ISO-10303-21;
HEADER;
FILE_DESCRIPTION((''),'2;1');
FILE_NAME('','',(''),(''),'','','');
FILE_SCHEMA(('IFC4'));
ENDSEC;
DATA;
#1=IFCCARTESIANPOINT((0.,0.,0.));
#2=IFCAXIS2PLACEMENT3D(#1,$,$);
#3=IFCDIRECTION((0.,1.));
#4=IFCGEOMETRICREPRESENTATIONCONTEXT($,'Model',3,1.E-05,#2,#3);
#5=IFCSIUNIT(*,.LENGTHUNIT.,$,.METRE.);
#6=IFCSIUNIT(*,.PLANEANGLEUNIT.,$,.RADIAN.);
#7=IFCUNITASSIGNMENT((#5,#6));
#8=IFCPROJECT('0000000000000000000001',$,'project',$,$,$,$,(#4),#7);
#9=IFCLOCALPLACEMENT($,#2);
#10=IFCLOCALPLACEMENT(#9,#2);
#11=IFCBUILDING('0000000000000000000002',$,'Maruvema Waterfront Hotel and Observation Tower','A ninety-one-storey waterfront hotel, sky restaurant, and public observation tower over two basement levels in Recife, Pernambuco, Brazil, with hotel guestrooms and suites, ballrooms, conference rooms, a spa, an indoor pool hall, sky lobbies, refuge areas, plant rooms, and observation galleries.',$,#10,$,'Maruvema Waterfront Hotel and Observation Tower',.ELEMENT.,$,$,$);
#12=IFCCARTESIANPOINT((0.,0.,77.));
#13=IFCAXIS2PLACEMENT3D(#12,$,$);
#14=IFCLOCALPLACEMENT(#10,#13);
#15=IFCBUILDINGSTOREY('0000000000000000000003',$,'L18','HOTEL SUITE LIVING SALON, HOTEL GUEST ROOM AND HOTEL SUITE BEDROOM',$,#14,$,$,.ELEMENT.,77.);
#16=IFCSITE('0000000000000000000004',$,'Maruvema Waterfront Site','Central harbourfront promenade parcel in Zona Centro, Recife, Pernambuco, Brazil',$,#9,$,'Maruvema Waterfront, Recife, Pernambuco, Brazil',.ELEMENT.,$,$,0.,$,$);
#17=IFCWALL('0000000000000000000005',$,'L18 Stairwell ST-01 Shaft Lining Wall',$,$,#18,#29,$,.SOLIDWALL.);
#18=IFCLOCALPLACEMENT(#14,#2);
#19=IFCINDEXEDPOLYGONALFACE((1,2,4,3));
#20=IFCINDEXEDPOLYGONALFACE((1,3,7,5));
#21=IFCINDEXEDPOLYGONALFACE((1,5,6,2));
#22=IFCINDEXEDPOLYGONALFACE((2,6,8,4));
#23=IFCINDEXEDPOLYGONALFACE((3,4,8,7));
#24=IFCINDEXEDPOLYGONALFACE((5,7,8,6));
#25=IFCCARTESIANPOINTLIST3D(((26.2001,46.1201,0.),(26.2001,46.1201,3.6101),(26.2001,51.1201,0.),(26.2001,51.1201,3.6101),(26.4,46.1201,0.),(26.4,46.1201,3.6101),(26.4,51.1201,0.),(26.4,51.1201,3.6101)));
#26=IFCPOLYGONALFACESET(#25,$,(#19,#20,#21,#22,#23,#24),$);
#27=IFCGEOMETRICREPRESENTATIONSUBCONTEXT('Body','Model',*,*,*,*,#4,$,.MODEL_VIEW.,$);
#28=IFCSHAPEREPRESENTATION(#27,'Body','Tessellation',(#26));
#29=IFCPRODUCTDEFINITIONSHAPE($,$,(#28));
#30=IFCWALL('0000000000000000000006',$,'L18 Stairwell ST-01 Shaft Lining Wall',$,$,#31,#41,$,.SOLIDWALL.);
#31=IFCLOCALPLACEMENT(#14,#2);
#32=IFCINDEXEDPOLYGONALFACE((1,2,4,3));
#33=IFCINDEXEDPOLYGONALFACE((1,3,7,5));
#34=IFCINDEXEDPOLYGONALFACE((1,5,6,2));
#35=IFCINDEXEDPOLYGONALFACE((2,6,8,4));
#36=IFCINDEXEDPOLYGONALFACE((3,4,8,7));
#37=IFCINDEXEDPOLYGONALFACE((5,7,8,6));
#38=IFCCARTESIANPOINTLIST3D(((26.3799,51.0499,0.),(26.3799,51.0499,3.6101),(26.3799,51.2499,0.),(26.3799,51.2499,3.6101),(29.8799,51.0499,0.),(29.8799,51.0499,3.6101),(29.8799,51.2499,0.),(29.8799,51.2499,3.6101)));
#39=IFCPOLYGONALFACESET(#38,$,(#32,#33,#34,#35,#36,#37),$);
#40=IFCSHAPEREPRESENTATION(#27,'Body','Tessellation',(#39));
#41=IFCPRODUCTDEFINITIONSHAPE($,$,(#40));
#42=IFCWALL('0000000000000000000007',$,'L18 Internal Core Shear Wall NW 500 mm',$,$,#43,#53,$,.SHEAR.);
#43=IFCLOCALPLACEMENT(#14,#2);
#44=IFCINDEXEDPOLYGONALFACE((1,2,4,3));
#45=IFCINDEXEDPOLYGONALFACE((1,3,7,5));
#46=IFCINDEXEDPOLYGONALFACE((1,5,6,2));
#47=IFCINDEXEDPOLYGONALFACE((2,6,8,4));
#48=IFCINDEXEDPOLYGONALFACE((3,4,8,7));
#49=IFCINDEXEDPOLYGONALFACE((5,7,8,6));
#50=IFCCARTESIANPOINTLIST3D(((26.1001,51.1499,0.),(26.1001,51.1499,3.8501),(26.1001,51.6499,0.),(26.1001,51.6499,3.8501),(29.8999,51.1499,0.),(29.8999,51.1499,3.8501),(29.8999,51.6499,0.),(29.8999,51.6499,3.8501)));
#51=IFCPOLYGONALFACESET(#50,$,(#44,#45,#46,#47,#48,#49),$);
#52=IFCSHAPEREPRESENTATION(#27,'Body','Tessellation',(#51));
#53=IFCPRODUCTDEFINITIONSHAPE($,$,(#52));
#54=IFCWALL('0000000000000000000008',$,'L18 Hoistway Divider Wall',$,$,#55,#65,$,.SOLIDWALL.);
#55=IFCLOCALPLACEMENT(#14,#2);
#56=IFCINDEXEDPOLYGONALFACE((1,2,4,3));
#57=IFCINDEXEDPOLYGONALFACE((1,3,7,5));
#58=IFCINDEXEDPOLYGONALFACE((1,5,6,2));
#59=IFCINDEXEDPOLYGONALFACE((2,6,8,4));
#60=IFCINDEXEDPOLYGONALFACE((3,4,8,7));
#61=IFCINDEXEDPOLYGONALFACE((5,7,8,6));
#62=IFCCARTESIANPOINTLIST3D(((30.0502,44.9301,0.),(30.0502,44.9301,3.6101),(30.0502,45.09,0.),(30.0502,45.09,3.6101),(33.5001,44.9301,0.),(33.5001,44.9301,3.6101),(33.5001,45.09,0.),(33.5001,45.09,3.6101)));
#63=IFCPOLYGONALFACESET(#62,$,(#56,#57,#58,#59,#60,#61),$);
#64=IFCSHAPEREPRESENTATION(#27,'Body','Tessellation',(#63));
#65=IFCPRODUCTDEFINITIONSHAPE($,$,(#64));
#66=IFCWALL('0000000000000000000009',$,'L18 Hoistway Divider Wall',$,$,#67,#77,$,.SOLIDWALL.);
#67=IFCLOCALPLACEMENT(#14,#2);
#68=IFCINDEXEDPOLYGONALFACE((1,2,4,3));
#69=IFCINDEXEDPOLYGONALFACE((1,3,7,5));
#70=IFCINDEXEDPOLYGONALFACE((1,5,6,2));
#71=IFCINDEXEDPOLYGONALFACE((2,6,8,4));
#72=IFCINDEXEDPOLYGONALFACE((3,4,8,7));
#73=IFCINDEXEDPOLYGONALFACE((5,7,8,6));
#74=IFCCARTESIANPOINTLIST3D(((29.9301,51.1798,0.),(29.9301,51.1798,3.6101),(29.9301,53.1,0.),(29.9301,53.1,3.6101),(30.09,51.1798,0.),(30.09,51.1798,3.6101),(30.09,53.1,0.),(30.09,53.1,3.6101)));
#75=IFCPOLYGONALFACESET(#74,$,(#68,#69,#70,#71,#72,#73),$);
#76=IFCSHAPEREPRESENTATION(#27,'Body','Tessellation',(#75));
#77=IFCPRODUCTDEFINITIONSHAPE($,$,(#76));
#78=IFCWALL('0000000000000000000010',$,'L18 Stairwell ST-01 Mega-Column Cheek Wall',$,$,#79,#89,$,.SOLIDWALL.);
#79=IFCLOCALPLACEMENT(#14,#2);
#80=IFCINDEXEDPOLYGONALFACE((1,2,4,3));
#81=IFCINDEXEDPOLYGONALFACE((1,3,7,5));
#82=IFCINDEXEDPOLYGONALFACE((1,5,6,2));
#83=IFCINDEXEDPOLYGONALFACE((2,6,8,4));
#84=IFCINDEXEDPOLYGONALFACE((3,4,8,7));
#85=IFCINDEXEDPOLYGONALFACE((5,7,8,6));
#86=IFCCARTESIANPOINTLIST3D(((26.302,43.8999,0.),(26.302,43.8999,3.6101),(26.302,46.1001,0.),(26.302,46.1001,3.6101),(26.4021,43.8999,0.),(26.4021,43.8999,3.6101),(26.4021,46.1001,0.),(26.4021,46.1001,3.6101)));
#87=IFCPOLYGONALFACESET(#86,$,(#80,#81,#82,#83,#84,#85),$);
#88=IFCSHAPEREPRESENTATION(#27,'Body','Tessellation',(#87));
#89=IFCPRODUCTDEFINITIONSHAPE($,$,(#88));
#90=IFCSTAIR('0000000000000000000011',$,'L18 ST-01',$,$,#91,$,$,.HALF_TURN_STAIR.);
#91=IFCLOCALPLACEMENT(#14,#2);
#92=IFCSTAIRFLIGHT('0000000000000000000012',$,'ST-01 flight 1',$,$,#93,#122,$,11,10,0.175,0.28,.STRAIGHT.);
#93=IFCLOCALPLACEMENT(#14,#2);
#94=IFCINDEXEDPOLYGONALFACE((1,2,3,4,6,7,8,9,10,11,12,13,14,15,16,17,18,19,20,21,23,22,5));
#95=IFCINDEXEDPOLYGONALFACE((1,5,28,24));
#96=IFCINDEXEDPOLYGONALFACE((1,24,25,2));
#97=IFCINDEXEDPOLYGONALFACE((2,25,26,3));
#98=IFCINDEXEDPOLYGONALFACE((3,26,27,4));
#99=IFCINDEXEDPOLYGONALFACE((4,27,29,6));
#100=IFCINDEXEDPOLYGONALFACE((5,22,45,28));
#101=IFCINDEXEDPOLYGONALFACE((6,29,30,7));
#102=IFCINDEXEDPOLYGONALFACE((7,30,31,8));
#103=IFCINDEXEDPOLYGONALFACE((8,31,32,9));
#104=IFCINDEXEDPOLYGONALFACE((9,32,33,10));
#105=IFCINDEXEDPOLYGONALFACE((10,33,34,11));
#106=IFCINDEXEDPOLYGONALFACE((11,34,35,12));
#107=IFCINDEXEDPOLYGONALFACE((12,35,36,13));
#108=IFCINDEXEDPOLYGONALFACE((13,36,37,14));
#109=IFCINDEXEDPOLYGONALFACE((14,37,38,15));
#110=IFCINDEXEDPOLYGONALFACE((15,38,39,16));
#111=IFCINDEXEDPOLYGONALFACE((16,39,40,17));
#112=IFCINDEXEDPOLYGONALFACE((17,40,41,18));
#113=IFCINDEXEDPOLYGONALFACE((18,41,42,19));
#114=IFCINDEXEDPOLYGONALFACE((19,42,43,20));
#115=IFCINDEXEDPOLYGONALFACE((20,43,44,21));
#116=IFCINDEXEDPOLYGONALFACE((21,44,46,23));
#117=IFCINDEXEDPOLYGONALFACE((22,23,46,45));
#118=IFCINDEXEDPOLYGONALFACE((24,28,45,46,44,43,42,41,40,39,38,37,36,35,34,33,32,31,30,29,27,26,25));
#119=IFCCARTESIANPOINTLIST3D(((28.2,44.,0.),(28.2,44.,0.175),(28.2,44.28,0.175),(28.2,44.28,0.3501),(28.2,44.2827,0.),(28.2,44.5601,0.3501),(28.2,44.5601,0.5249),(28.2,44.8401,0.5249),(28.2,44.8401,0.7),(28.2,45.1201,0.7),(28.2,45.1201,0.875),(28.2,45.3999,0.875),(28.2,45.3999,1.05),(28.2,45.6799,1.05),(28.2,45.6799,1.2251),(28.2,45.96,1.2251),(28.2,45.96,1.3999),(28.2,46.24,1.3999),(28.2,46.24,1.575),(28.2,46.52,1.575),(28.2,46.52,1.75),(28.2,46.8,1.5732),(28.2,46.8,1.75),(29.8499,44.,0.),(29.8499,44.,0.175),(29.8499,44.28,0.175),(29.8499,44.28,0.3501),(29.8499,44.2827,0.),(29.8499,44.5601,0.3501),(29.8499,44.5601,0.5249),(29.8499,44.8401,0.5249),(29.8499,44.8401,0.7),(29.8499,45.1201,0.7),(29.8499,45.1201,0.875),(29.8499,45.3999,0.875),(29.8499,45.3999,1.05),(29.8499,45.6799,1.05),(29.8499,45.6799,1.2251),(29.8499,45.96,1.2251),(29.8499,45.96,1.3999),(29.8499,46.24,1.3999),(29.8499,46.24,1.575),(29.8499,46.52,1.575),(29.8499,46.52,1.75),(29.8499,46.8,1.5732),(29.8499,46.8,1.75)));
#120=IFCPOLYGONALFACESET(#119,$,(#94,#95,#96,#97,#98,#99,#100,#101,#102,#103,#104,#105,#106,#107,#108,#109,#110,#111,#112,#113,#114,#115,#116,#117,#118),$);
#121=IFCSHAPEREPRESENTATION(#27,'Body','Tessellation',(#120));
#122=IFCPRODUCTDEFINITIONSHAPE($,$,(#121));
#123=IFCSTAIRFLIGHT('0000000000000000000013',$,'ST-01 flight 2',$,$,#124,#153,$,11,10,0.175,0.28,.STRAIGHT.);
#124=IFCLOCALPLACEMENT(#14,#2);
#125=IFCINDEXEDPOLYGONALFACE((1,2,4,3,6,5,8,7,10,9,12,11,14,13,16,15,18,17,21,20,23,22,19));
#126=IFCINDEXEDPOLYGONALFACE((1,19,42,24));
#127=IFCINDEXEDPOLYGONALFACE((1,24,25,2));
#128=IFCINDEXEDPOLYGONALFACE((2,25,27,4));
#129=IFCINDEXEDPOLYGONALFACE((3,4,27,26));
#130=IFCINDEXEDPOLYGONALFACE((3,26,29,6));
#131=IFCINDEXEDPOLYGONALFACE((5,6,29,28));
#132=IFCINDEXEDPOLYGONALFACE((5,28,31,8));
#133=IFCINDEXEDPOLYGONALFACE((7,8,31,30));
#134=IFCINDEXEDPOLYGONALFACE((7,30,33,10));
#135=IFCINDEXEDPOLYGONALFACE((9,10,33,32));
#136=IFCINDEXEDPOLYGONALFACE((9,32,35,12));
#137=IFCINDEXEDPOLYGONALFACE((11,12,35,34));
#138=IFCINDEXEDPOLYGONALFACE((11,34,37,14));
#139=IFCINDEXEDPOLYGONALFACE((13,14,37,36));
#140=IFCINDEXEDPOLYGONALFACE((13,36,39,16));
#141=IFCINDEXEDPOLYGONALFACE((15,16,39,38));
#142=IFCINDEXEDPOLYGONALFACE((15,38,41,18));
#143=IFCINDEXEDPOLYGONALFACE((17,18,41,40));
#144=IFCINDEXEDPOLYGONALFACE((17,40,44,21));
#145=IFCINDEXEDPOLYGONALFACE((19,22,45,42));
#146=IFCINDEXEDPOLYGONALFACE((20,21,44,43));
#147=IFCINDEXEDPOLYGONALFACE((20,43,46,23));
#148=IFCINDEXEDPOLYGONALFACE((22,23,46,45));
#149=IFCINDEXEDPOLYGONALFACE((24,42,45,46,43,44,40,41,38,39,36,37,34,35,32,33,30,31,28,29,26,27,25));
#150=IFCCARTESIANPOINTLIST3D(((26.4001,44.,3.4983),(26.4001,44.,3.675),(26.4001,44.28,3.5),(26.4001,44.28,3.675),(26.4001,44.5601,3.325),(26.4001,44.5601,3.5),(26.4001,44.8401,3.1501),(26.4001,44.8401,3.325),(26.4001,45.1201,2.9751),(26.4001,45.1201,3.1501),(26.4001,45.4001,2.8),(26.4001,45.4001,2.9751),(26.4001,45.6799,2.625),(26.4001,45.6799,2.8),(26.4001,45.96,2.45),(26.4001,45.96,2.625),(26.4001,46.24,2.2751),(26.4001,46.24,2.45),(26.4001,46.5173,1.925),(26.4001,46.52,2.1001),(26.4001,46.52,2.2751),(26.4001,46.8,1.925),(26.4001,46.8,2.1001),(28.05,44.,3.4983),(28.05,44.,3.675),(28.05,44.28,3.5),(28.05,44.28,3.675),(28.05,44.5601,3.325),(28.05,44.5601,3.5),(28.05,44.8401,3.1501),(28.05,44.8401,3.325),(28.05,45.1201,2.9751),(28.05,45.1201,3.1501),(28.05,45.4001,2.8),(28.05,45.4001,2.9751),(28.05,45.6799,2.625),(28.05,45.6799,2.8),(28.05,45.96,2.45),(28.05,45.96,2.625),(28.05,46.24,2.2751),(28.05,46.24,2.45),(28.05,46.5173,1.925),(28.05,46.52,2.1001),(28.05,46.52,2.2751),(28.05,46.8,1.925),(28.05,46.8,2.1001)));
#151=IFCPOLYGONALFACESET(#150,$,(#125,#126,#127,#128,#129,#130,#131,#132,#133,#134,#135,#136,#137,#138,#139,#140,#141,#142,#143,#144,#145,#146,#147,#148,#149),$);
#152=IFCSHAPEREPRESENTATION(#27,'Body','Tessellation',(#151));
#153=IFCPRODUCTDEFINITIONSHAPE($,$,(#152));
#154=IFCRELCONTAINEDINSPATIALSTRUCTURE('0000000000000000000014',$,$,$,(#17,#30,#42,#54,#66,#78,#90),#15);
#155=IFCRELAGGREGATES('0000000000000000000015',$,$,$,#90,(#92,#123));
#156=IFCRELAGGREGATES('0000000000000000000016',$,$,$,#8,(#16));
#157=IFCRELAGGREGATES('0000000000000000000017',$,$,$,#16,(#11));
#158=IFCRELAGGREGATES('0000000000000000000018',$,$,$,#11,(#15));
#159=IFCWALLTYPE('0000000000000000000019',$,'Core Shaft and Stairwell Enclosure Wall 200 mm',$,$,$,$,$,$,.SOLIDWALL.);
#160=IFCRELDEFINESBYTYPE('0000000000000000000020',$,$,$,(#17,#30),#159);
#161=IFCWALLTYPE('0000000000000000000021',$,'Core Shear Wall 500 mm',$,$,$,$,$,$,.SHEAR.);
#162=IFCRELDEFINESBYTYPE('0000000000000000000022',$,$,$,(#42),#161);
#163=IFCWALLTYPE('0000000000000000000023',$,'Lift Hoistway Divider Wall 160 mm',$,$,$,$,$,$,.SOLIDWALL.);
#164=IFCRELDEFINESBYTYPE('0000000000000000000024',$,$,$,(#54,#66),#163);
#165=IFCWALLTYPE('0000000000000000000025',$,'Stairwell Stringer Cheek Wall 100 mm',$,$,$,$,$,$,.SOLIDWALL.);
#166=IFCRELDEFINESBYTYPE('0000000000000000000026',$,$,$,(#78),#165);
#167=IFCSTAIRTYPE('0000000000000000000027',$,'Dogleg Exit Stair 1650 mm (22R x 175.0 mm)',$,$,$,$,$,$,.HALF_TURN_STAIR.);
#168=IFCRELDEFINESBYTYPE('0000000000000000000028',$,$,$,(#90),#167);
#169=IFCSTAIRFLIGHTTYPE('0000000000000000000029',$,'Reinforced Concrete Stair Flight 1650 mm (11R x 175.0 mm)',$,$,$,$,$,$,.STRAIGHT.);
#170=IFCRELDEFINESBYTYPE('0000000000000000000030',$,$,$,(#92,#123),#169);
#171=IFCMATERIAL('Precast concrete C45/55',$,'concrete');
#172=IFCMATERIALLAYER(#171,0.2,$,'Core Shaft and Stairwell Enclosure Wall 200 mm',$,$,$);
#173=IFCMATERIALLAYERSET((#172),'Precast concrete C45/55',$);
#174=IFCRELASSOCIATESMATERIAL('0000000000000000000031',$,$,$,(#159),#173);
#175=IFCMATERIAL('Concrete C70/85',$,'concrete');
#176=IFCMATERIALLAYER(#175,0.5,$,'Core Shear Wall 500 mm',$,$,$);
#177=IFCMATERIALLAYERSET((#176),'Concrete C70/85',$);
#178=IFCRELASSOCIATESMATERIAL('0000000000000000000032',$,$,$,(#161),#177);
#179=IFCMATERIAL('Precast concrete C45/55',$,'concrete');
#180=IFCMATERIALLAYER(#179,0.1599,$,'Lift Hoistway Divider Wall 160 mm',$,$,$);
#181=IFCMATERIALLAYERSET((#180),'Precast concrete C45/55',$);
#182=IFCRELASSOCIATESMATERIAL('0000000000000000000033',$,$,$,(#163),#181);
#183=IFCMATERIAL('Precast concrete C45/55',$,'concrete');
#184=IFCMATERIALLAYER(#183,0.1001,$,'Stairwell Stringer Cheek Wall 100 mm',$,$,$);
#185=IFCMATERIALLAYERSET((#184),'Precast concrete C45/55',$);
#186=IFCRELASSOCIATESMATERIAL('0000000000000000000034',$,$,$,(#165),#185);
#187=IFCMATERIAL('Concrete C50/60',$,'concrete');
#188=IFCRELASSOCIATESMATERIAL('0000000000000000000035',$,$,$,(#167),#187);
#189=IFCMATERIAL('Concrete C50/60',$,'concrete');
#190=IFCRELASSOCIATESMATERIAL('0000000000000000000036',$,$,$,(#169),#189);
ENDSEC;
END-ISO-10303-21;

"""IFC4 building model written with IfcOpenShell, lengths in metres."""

from ifc_helpers import new_model, si_unit, direction, frame, frame_2d, origin, place, context, subcontext, project, spatial, polyline, rectangle, outline, extrude, material, layer, layer_set, type_object, element, aggregate, save


model = new_model("IFC4")

# Units and contexts
model_context = context("Model", 3, precision=1e-05, world=origin(), true_north=direction((0.0, 1.0)))
body_context = subcontext(model_context, "Body", "Model", "MODEL_VIEW")
ifc_project = project(units=[si_unit("LENGTHUNIT", "METRE"), si_unit("PLANEANGLEUNIT", "RADIAN")], contexts=[model_context])

# Site, building, storey
site_placement = place(None, origin())
site = spatial("IfcSite", under=ifc_project, at=site_placement, Name="Maruvema Waterfront Site", Description="Central harbourfront promenade parcel in Zona Centro, Recife, Pernambuco, Brazil", LongName="Maruvema Waterfront, Recife, Pernambuco, Brazil", CompositionType="ELEMENT", RefElevation=0.0)
building_placement = place(site_placement, origin())
building = spatial("IfcBuilding", under=site, at=building_placement, Name="Maruvema Waterfront Hotel and Observation Tower", Description="A ninety-one-storey waterfront hotel, sky restaurant, and public observation tower over two basement levels in Recife, Pernambuco, Brazil, with hotel guestrooms and suites, ballrooms, conference rooms, a spa, an indoor pool hall, sky lobbies, refuge areas, plant rooms, and observation galleries.", LongName="Maruvema Waterfront Hotel and Observation Tower", CompositionType="ELEMENT")
storey_placement = place(building_placement, frame((0.0, 0.0, 77.0)))
storey = spatial("IfcBuildingStorey", under=building, at=storey_placement, Name="L18", Description="HOTEL SUITE LIVING SALON, HOTEL GUEST ROOM AND HOTEL SUITE BEDROOM", CompositionType="ELEMENT", Elevation=77.0)

# Walls
ifc_material_1 = material(Name="Precast concrete C45/55", Category="concrete")
ifc_layer_1 = layer(ifc_material_1, 0.2, Name="Core Shaft and Stairwell Enclosure Wall 200 mm")
ifc_layer_set_1 = layer_set([ifc_layer_1], Name="Precast concrete C45/55")
wall_type_1 = type_object("IfcWallType", Name="Core Shaft and Stairwell Enclosure Wall 200 mm", PredefinedType="SOLIDWALL", material=ifc_layer_set_1)
wall_1_placement = place(storey_placement, frame((26.3, 46.1201, 0.0), z_axis=(0.0, 0.0, 1.0), x_axis=(0.0, 1.0, 0.0)))
element("IfcWall", 1, at=wall_1_placement, inside=storey, type_object=wall_type_1, Name="L18 Stairwell ST-01 Shaft Lining Wall", PredefinedType="SOLIDWALL", context=body_context, shape_type="SweptSolid", body=[
    extrude(rectangle(XDim=5.0, YDim=0.2, at=frame_2d((2.5, 0.0))), origin(), (0.0, 0.0, 1.0), 3.6101),
])
wall_2_placement = place(storey_placement, frame((26.3799, 51.1499, 0.0), z_axis=(0.0, 0.0, 1.0), x_axis=(1.0, 0.0, 0.0)))
element("IfcWall", 2, at=wall_2_placement, inside=storey, type_object=wall_type_1, Name="L18 Stairwell ST-01 Shaft Lining Wall", PredefinedType="SOLIDWALL", context=body_context, shape_type="SweptSolid", body=[
    extrude(rectangle(XDim=3.5, YDim=0.2, at=frame_2d((1.75, 0.0))), origin(), (0.0, 0.0, 1.0), 3.6101),
])
ifc_material_2 = material(Name="Concrete C70/85", Category="concrete")
ifc_layer_2 = layer(ifc_material_2, 0.5, Name="Core Shear Wall 500 mm")
ifc_layer_set_2 = layer_set([ifc_layer_2], Name="Concrete C70/85")
wall_type_2 = type_object("IfcWallType", Name="Core Shear Wall 500 mm", PredefinedType="SHEAR", material=ifc_layer_set_2)
wall_3_placement = place(storey_placement, frame((26.1001, 51.3999, 0.0), z_axis=(0.0, 0.0, 1.0), x_axis=(1.0, 0.0, 0.0)))
element("IfcWall", 3, at=wall_3_placement, inside=storey, type_object=wall_type_2, Name="L18 Internal Core Shear Wall NW 500 mm", PredefinedType="SHEAR", context=body_context, shape_type="SweptSolid", body=[
    extrude(rectangle(XDim=3.7998, YDim=0.5, at=frame_2d((1.8999, 0.0))), origin(), (0.0, 0.0, 1.0), 3.8501),
])
ifc_material_3 = material(Name="Precast concrete C45/55", Category="concrete")
ifc_layer_3 = layer(ifc_material_3, 0.1599, Name="Lift Hoistway Divider Wall 160 mm")
ifc_layer_set_3 = layer_set([ifc_layer_3], Name="Precast concrete C45/55")
wall_type_3 = type_object("IfcWallType", Name="Lift Hoistway Divider Wall 160 mm", PredefinedType="SOLIDWALL", material=ifc_layer_set_3)
wall_4_placement = place(storey_placement, frame((30.05, 45.01, 0.0), z_axis=(0.0, 0.0, 1.0), x_axis=(1.0, 0.0, 0.0)))
element("IfcWall", 4, at=wall_4_placement, inside=storey, type_object=wall_type_3, Name="L18 Hoistway Divider Wall", PredefinedType="SOLIDWALL", context=body_context, shape_type="SweptSolid", body=[
    extrude(rectangle(XDim=3.45, YDim=0.1599, at=frame_2d((1.7251, 0.0))), origin(), (0.0, 0.0, 1.0), 3.6101),
])
wall_5_placement = place(storey_placement, frame((30.01, 51.1799, 0.0), z_axis=(0.0, 0.0, 1.0), x_axis=(0.0, 1.0, 0.0)))
element("IfcWall", 5, at=wall_5_placement, inside=storey, type_object=wall_type_3, Name="L18 Hoistway Divider Wall", PredefinedType="SOLIDWALL", context=body_context, shape_type="SweptSolid", body=[
    extrude(rectangle(XDim=1.9202, YDim=0.1599, at=frame_2d((0.96, 0.0))), origin(), (0.0, 0.0, 1.0), 3.6101),
])
ifc_material_4 = material(Name="Precast concrete C45/55", Category="concrete")
ifc_layer_4 = layer(ifc_material_4, 0.1001, Name="Stairwell Stringer Cheek Wall 100 mm")
ifc_layer_set_4 = layer_set([ifc_layer_4], Name="Precast concrete C45/55")
wall_type_4 = type_object("IfcWallType", Name="Stairwell Stringer Cheek Wall 100 mm", PredefinedType="SOLIDWALL", material=ifc_layer_set_4)
wall_6_placement = place(storey_placement, frame((26.3521, 43.8999, 0.0), z_axis=(0.0, 0.0, 1.0), x_axis=(0.0, 1.0, 0.0)))
element("IfcWall", 6, at=wall_6_placement, inside=storey, type_object=wall_type_4, Name="L18 Stairwell ST-01 Mega-Column Cheek Wall", PredefinedType="SOLIDWALL", context=body_context, shape_type="SweptSolid", body=[
    extrude(rectangle(XDim=2.2002, YDim=0.1001, at=frame_2d((1.1001, 0.0))), origin(), (0.0, 0.0, 1.0), 3.6101),
])

# Stair, stair flights
ifc_material_5 = material(Name="Concrete C50/60", Category="concrete")
stair_type = type_object("IfcStairType", Name="Dogleg Exit Stair 1650 mm (22R x 175.0 mm)", PredefinedType="HALF_TURN_STAIR", material=ifc_material_5)
stair_placement = place(storey_placement, origin())
stair = element("IfcStair", 7, at=stair_placement, inside=storey, type_object=stair_type, Name="L18 ST-01", PredefinedType="HALF_TURN_STAIR")
ifc_material_6 = material(Name="Concrete C50/60", Category="concrete")
stair_flight_type = type_object("IfcStairFlightType", Name="Reinforced Concrete Stair Flight 1650 mm (11R x 175.0 mm)", PredefinedType="STRAIGHT", material=ifc_material_6)
stair_flight_1_placement = place(storey_placement, frame((29.0249, 44.0, 0.0), z_axis=(0.0, 0.0, 1.0), x_axis=(0.0, 1.0, 0.0)))
stair_flight_1 = element("IfcStairFlight", 8, at=stair_flight_1_placement, type_object=stair_flight_type, Name="ST-01 flight 1", NumberOfRisers=11, NumberOfTreads=10, PredefinedType="STRAIGHT", RiserHeight=0.175, TreadLength=0.28, context=body_context, shape_type="SweptSolid", body=[
    extrude(outline(polyline([(0.0, 0.0), (0.0, 0.175), (0.28, 0.175), (0.28, 0.3501), (0.5601, 0.3501), (0.5601, 0.5249), (0.8401, 0.5249), (0.8401, 0.7), (1.1201, 0.7), (1.1201, 0.875), (1.3999, 0.875), (1.3999, 1.05), (1.6799, 1.05), (1.6799, 1.2251), (1.96, 1.2251), (1.96, 1.3999), (2.24, 1.3999), (2.24, 1.575), (2.52, 1.575), (2.52, 1.75), (2.8, 1.75), (2.8, 1.925), (2.8, 1.5732), (0.2827, 0.0), (0.0, 0.0)])), frame((0.0, 0.825, 0.0), z_axis=(0.0, -1.0, 0.0), x_axis=(1.0, 0.0, 0.0)), (0.0, 0.0, 1.0), 1.6499),
])
stair_flight_2_placement = place(storey_placement, frame((27.2251, 46.8, 1.925), z_axis=(0.0, 0.0, 1.0), x_axis=(0.0, -1.0, 0.0)))
stair_flight_2 = element("IfcStairFlight", 9, at=stair_flight_2_placement, type_object=stair_flight_type, Name="ST-01 flight 2", NumberOfRisers=11, NumberOfTreads=10, PredefinedType="STRAIGHT", RiserHeight=0.175, TreadLength=0.28, context=body_context, shape_type="SweptSolid", body=[
    extrude(outline(polyline([(0.0, 0.0), (0.0, 0.175), (0.28, 0.175), (0.28, 0.3501), (0.5601, 0.3501), (0.5601, 0.5249), (0.8401, 0.5249), (0.8401, 0.7), (1.1201, 0.7), (1.1201, 0.875), (1.3999, 0.875), (1.3999, 1.05), (1.6799, 1.05), (1.6799, 1.2251), (1.96, 1.2251), (1.96, 1.3999), (2.24, 1.3999), (2.24, 1.575), (2.52, 1.575), (2.52, 1.75), (2.8, 1.75), (2.8, 1.925), (2.8, 1.5732), (0.2827, 0.0), (0.0, 0.0)])), frame((0.0, 0.825, 0.0), z_axis=(0.0, -1.0, 0.0), x_axis=(1.0, 0.0, 0.0)), (0.0, 0.0, 1.0), 1.6499),
])
aggregate(stair, [stair_flight_1, stair_flight_2])

save(model, "model.ifc")
